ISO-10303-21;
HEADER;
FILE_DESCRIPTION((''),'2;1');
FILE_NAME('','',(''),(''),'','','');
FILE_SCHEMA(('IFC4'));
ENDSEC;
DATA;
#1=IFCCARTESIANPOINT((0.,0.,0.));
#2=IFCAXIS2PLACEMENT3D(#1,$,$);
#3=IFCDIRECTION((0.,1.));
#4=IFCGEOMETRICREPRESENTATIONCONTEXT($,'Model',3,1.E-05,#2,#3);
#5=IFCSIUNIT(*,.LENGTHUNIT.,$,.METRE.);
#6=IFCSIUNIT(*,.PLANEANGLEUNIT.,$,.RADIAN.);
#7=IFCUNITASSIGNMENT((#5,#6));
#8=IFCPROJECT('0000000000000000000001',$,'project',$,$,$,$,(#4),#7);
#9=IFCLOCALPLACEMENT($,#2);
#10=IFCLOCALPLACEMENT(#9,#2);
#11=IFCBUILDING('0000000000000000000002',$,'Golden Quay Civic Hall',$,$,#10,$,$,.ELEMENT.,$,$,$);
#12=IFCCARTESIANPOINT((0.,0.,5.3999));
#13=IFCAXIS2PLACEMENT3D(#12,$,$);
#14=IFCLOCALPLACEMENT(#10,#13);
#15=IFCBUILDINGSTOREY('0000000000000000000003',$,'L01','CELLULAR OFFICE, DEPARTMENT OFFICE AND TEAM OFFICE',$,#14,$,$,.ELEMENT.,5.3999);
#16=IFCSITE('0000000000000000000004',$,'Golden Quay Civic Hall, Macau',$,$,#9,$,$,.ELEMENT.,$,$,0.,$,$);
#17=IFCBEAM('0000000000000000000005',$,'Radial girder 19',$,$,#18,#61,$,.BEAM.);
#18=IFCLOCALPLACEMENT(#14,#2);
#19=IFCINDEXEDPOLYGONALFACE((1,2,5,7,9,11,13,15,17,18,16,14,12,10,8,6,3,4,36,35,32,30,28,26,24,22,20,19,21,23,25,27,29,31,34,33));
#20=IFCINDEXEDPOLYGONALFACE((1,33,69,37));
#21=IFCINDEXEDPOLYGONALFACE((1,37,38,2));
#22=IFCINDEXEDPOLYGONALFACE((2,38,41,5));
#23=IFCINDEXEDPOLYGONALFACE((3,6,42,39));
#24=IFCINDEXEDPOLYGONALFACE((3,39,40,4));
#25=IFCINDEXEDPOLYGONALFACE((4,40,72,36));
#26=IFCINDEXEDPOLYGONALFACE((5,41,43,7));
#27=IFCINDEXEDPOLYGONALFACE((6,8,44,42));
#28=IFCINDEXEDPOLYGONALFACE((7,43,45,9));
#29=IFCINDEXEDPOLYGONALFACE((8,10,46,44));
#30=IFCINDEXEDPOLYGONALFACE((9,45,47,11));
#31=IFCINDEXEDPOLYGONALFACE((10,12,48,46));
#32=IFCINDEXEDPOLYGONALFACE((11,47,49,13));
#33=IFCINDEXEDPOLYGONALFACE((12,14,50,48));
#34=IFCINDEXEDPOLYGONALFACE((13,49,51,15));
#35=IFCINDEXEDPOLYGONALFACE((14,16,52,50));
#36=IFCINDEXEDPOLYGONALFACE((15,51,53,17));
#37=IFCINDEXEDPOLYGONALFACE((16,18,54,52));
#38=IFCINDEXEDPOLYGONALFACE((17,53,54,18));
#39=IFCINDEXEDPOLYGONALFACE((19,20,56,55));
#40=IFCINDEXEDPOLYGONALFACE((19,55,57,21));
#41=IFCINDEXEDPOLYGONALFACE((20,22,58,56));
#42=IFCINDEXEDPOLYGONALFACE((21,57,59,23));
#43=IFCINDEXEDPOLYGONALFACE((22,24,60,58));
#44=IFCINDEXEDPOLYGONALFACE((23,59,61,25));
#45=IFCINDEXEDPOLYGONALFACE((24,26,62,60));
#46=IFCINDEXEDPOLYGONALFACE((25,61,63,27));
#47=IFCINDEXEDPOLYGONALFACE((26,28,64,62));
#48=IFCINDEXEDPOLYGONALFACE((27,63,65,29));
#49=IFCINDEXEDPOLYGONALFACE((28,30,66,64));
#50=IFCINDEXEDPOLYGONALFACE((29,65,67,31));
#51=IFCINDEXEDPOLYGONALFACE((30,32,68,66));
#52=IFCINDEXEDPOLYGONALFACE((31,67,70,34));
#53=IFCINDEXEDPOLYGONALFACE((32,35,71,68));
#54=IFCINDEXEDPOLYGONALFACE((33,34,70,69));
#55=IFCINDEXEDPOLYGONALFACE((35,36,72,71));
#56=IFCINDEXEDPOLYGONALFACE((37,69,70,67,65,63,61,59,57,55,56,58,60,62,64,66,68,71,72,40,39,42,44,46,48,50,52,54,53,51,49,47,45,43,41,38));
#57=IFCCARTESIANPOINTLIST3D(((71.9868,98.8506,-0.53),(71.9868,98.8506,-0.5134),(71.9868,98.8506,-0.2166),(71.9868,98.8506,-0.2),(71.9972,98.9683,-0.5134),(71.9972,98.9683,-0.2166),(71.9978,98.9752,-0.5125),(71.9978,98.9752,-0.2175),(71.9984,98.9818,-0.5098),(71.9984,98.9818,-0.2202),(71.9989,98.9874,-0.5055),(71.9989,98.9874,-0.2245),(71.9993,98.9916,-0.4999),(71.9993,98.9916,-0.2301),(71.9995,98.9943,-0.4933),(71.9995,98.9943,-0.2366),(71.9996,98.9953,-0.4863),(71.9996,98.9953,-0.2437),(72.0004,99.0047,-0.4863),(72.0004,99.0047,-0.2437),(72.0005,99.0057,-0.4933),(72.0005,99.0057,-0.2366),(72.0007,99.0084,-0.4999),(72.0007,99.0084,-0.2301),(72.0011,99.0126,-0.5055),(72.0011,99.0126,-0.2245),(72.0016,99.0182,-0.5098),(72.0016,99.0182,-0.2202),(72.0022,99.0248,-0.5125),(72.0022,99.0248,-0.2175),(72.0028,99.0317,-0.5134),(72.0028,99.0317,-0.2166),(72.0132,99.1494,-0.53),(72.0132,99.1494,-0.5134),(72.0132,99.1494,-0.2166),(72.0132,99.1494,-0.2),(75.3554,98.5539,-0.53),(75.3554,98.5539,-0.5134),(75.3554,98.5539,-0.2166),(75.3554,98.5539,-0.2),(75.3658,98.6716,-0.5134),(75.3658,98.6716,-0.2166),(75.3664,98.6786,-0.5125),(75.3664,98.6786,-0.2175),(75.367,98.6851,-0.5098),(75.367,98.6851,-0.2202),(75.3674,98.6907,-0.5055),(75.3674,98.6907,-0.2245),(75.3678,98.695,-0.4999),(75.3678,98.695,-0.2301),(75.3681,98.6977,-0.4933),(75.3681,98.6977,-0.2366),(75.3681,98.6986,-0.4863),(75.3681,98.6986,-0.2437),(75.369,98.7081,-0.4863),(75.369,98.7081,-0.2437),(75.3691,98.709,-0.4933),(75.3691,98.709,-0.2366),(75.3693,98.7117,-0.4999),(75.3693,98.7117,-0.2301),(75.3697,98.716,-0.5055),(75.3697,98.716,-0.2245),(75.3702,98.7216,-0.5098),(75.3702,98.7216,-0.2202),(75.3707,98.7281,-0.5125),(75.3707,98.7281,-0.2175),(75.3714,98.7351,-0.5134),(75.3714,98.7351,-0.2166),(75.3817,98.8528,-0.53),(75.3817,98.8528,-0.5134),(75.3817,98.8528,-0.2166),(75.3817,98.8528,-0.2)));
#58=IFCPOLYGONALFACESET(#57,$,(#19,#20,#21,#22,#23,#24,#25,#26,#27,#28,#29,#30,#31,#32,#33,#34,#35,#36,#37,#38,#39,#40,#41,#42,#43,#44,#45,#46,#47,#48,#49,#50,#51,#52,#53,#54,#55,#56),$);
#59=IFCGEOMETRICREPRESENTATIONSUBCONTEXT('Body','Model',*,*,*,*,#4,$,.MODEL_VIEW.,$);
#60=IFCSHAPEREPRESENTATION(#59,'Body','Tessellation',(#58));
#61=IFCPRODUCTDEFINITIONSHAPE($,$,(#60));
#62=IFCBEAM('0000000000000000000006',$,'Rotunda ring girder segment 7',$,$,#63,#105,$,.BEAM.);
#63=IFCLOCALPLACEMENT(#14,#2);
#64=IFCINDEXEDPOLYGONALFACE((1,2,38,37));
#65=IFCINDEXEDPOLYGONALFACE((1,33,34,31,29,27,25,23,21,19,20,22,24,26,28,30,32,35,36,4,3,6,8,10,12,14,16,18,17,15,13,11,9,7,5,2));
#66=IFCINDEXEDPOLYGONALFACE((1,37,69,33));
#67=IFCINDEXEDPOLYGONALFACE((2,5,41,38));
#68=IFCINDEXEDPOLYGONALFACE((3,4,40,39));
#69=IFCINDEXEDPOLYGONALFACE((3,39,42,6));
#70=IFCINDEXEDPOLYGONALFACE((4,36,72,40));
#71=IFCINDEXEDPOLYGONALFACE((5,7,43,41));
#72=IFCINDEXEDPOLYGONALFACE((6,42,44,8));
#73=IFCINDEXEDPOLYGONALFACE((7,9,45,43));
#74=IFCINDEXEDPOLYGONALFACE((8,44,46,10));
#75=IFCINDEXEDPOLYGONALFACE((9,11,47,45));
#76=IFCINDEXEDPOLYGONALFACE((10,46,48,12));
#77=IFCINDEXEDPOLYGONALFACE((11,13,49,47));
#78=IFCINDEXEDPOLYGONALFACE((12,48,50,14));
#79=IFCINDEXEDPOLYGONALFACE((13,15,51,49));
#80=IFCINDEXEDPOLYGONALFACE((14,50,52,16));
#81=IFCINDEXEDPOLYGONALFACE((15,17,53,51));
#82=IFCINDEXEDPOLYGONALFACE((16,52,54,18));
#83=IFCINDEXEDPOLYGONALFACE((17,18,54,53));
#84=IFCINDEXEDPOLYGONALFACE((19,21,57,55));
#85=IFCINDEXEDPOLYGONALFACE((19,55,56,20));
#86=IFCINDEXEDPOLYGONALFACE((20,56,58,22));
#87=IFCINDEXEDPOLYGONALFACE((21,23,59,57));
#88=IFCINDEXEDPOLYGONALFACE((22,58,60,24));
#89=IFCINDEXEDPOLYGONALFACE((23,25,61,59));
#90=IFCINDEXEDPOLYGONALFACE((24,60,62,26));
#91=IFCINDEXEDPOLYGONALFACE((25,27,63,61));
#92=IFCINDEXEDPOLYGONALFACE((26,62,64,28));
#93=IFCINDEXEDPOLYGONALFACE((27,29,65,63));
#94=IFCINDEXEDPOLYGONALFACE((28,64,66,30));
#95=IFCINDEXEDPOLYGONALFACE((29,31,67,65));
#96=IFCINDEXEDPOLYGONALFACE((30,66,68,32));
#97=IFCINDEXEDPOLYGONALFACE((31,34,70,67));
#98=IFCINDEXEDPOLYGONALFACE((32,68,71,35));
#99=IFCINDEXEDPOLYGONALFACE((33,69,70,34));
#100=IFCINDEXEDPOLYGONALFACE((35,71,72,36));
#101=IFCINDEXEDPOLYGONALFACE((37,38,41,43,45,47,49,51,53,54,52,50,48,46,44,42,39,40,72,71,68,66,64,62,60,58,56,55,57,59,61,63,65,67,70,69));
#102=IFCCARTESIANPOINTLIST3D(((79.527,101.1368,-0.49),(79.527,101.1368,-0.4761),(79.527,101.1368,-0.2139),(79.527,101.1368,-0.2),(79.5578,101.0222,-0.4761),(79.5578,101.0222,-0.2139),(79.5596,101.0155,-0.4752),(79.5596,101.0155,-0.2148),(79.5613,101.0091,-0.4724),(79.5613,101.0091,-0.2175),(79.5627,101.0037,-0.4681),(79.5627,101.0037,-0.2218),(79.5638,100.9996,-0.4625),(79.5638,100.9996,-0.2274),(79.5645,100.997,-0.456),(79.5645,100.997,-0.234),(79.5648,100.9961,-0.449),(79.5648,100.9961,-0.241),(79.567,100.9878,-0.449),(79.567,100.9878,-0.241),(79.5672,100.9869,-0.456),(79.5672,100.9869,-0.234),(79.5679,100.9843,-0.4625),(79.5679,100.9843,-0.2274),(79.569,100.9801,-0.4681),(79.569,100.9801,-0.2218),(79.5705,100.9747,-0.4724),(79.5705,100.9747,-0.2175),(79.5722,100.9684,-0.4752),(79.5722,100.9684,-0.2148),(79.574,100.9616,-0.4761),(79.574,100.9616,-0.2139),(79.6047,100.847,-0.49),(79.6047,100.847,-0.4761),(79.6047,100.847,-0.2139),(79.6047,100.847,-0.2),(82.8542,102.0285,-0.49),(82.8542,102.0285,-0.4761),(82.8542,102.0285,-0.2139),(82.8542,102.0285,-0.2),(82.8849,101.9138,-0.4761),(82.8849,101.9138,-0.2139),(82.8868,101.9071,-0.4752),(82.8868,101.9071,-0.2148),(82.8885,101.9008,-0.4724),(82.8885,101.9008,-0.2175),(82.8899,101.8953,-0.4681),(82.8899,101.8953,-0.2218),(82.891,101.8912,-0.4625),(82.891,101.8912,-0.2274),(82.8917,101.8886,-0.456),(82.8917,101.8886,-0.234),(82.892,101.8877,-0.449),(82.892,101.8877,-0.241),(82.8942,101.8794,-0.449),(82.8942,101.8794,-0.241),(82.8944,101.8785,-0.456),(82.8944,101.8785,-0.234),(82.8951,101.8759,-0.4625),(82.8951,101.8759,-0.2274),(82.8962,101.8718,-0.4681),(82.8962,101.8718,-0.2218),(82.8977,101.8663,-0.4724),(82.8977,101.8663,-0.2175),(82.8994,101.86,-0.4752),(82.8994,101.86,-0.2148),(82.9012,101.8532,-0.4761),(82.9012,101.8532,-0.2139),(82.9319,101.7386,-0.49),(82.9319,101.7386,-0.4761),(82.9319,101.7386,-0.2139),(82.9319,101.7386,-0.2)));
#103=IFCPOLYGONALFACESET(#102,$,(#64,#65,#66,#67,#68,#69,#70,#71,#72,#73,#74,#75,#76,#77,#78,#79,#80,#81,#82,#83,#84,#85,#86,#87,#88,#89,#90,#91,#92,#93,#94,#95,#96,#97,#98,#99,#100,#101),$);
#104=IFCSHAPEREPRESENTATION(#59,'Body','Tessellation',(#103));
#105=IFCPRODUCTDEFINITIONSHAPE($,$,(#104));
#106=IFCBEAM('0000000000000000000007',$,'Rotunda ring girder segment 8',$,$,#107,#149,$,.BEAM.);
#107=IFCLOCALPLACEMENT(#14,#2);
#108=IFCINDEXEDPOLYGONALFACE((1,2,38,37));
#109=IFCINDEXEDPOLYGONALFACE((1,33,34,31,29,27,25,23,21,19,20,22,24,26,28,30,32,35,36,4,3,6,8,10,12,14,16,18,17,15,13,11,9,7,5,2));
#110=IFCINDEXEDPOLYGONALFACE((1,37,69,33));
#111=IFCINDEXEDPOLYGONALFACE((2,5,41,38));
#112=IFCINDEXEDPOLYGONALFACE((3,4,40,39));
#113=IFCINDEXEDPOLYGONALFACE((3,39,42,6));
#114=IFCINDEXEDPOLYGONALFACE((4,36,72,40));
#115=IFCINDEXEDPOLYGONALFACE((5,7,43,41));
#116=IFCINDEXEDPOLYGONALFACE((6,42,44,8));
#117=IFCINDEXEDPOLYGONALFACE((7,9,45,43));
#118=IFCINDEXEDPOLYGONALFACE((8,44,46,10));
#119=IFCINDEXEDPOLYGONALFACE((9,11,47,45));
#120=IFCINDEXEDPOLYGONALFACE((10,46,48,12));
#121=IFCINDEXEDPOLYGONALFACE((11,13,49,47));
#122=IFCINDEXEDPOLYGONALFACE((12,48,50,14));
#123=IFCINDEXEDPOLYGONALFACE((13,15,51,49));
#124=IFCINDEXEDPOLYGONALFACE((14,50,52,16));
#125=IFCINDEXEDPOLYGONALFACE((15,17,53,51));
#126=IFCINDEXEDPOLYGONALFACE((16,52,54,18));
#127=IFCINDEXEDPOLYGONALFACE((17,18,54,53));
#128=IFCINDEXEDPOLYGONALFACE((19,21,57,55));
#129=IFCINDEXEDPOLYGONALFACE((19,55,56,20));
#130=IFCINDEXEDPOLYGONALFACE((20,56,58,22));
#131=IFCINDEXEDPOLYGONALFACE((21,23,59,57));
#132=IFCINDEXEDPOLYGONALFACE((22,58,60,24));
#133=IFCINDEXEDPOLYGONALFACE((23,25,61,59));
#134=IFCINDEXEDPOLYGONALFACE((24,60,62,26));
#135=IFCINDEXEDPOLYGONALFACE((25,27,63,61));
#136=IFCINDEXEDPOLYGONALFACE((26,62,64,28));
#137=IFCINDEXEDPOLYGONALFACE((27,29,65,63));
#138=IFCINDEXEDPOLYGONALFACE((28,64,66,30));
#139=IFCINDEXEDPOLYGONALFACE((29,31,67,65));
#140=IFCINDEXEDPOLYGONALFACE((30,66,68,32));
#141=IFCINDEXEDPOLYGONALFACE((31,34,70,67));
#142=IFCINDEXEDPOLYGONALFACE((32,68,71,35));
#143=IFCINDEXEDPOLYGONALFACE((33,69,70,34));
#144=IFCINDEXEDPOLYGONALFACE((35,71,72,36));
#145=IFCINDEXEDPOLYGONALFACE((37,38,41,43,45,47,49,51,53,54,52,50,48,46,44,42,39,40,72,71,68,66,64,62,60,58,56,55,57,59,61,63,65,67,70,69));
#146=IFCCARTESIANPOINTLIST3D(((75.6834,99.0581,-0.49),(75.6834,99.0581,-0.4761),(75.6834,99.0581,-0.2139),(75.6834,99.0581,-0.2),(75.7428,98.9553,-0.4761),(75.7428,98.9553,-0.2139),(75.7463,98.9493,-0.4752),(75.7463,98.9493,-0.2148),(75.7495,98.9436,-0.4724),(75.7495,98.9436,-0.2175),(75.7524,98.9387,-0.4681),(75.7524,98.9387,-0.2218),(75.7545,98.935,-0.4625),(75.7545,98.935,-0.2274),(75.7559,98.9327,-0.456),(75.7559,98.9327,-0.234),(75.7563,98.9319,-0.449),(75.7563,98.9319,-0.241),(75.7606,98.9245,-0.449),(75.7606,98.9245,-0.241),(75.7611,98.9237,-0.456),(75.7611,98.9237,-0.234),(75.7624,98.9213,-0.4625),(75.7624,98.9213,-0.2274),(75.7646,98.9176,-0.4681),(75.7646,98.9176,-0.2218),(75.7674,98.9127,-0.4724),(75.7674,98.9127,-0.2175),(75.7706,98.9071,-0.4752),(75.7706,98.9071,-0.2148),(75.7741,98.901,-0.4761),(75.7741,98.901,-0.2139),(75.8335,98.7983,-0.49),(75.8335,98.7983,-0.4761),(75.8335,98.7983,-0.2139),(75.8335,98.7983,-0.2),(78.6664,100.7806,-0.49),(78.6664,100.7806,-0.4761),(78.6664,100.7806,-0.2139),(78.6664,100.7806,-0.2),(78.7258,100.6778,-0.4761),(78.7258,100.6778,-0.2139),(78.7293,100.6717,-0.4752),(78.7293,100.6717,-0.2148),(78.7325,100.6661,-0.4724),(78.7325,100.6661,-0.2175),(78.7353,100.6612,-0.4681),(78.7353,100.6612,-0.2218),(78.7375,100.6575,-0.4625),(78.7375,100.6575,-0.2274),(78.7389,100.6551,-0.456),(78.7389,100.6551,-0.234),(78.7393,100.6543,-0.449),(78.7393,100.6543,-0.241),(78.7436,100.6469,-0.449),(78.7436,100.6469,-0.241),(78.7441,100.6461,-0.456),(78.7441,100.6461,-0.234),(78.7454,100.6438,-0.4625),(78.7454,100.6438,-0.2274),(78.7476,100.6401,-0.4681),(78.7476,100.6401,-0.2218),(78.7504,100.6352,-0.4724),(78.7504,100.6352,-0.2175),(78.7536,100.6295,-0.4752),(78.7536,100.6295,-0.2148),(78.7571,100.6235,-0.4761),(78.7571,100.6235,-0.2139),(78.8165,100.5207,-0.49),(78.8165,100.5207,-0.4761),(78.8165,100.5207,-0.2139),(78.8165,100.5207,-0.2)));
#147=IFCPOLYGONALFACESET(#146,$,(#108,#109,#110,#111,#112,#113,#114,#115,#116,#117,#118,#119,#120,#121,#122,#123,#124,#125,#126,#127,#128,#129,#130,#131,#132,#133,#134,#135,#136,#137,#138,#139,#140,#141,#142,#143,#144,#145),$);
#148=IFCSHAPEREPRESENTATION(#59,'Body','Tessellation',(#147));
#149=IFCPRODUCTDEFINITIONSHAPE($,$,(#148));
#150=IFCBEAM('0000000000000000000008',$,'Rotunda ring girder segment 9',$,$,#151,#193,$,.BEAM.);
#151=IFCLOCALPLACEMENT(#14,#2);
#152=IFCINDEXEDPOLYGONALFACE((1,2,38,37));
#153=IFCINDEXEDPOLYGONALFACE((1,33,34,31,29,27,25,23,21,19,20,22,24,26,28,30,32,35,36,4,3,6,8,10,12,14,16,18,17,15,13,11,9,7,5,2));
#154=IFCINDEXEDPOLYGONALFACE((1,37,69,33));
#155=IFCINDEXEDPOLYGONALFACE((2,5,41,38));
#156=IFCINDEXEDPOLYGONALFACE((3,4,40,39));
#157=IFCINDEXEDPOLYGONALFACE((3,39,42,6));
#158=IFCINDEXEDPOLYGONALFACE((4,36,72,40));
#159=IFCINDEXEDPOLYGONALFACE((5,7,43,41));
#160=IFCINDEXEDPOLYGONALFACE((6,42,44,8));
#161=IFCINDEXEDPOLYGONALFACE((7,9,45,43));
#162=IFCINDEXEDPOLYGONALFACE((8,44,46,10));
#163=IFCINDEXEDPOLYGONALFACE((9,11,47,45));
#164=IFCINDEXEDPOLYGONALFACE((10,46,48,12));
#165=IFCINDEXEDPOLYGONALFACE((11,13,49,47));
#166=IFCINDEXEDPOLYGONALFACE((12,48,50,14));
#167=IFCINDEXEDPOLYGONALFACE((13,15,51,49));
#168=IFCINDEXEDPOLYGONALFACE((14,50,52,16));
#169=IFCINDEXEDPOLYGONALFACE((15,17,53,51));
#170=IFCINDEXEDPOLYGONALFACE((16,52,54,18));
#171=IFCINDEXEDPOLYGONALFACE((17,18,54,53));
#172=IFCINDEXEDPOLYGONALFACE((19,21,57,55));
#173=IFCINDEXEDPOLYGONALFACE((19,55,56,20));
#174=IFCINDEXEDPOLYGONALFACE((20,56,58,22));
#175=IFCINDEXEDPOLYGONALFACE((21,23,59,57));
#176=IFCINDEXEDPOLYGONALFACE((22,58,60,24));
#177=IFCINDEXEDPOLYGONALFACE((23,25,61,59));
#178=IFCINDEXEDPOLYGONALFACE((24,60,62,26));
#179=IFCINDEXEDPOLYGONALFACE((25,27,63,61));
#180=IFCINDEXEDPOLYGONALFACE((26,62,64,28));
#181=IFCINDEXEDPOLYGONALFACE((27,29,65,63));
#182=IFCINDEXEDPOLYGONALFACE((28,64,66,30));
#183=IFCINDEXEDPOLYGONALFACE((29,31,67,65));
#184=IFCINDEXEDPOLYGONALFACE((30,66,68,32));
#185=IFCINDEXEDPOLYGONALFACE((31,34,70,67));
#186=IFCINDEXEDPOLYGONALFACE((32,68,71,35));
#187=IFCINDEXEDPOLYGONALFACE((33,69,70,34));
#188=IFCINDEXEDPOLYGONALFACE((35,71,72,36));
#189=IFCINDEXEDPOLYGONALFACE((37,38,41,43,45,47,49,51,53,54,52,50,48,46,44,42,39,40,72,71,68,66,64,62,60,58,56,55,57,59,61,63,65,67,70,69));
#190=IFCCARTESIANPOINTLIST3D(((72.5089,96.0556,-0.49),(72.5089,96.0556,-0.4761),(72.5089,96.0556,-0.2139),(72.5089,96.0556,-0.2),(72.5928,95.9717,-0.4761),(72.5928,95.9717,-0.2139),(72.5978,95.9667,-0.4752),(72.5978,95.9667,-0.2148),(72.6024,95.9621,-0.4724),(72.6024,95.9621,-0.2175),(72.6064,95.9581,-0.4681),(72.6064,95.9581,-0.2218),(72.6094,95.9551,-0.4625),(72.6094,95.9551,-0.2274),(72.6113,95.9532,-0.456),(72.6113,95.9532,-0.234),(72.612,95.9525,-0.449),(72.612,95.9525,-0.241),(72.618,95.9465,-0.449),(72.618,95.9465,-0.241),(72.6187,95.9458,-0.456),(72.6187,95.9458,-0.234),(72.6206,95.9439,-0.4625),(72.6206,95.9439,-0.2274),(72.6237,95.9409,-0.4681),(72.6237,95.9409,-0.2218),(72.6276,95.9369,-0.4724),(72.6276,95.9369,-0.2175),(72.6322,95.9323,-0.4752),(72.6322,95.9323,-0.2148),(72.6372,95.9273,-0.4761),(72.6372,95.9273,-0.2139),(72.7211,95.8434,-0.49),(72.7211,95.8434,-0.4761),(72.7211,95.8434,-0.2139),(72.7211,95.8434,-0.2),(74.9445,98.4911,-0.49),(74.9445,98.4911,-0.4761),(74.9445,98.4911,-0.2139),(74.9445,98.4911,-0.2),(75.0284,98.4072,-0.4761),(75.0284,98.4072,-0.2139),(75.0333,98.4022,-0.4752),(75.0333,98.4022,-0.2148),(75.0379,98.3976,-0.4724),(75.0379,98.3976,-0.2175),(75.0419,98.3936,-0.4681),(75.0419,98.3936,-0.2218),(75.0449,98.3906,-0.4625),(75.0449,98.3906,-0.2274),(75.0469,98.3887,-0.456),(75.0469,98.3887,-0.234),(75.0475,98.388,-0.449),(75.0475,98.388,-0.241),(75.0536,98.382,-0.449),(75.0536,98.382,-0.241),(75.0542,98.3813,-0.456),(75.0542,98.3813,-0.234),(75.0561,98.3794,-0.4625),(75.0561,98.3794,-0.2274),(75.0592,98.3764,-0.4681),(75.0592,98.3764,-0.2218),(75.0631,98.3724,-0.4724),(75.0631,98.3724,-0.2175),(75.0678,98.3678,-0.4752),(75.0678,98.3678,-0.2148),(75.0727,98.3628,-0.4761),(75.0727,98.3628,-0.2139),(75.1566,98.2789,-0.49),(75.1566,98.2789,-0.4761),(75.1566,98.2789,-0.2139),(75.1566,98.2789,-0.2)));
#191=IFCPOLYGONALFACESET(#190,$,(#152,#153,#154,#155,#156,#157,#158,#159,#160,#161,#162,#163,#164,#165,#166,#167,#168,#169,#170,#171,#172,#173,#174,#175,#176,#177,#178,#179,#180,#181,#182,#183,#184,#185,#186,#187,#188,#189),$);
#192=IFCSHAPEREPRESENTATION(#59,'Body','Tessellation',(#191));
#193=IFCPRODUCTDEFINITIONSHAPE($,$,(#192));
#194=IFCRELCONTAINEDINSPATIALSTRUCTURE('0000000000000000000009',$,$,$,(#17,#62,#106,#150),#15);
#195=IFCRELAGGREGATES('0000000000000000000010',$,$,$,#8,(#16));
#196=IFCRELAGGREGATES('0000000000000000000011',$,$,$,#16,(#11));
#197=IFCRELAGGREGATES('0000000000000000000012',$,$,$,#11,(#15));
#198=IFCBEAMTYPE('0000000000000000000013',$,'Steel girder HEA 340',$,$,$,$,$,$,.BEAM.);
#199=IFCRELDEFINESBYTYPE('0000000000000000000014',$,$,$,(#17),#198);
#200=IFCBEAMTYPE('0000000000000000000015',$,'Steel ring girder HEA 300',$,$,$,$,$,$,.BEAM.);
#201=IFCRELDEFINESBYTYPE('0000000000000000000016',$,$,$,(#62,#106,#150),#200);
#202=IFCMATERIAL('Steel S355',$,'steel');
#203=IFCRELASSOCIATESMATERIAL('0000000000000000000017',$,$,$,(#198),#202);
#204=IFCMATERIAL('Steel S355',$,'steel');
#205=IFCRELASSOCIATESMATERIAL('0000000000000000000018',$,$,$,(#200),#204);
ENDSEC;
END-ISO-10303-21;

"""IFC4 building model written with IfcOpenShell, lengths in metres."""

from ifc_helpers import new_model, si_unit, direction, frame, origin, origin_2d, place, context, subcontext, project, spatial, i_section, extrude, material, material_profile, profile_set, type_object, element, save


model = new_model("IFC4")

# Units and contexts
model_context = context("Model", 3, precision=1e-05, world=origin(), true_north=direction((0.0, 1.0)))
body_context = subcontext(model_context, "Body", "Model", "MODEL_VIEW")
ifc_project = project(units=[si_unit("LENGTHUNIT", "METRE"), si_unit("PLANEANGLEUNIT", "RADIAN")], contexts=[model_context])

# Site, building, storey
site_placement = place(None, origin())
site = spatial("IfcSite", under=ifc_project, at=site_placement, Name="Golden Quay Civic Hall, Macau", CompositionType="ELEMENT", RefElevation=0.0)
building_placement = place(site_placement, origin())
building = spatial("IfcBuilding", under=site, at=building_placement, Name="Golden Quay Civic Hall", CompositionType="ELEMENT")
storey_placement = place(building_placement, frame((0.0, 0.0, 5.3999)))
storey = spatial("IfcBuildingStorey", under=building, at=storey_placement, Name="L01", Description="CELLULAR OFFICE, DEPARTMENT OFFICE AND TEAM OFFICE", CompositionType="ELEMENT", Elevation=5.3999)

# Beams
ifc_material_1 = material(Name="Steel S355", Category="steel")
ifc_material_profile_1 = material_profile(ifc_material_1, i_section(OverallWidth=0.3, OverallDepth=0.3301, WebThickness=0.0095, FlangeThickness=0.0166, FilletRadius=0.0271, at=origin_2d()), Name="HEA 340")
ifc_profile_set_1 = profile_set([ifc_material_profile_1], Name="Steel S355")
beam_type_1 = type_object("IfcBeamType", Name="Steel girder HEA 340", PredefinedType="BEAM", material=ifc_profile_set_1)
beam_1_placement = place(storey_placement, frame((72.0, 99.0, -0.365), z_axis=(0.996145, -0.087717, 0.0), x_axis=(0.087717, 0.996145, 0.0)))
element("IfcBeam", 1, at=beam_1_placement, inside=storey, type_object=beam_type_1, Name="Radial girder 19", PredefinedType="BEAM", context=body_context, shape_type="SweptSolid", body=[
    extrude(i_section(OverallWidth=0.3, OverallDepth=0.3301, WebThickness=0.0095, FlangeThickness=0.0166, FilletRadius=0.0271, at=origin_2d()), origin(), (0.0, 0.0, 1.0), 3.3816),
])
ifc_material_2 = material(Name="Steel S355", Category="steel")
ifc_material_profile_2 = material_profile(ifc_material_2, i_section(OverallWidth=0.3, OverallDepth=0.29, WebThickness=0.0085, FlangeThickness=0.0139, FilletRadius=0.0271, at=origin_2d()), Name="HEA 300")
ifc_profile_set_2 = profile_set([ifc_material_profile_2], Name="Steel S355")
beam_type_2 = type_object("IfcBeamType", Name="Steel ring girder HEA 300", PredefinedType="BEAM", material=ifc_profile_set_2)
for number, where, z_axis, x_axis, name in (
    (2, (82.8931, 101.8835, -0.345), (-0.965919, -0.258845, 0.0), (0.258845, -0.965919, 0.0), "Rotunda ring girder segment 7"),
    (3, (78.7415, 100.6506, -0.345), (-0.865997, -0.50005, 0.0), (0.50005, -0.865997, 0.0), "Rotunda ring girder segment 8"),
):
    element("IfcBeam", number, at=place(storey_placement, frame(where, z_axis=z_axis, x_axis=x_axis)), inside=storey, type_object=beam_type_2, Name=name, PredefinedType="BEAM", context=body_context, shape_type="SweptSolid", body=[
        extrude(i_section(OverallWidth=0.3, OverallDepth=0.29, WebThickness=0.0085, FlangeThickness=0.0139, FilletRadius=0.0271, at=origin_2d()), origin(), (0.0, 0.0, 1.0), 3.4446),
    ])
beam_2_placement = place(storey_placement, frame((75.0505, 98.385, -0.345), z_axis=(-0.707107, -0.707107, 0.0), x_axis=(0.707107, -0.707107, 0.0)))
element("IfcBeam", 4, at=beam_2_placement, inside=storey, type_object=beam_type_2, Name="Rotunda ring girder segment 9", PredefinedType="BEAM", context=body_context, shape_type="SweptSolid", body=[
    extrude(i_section(OverallWidth=0.3, OverallDepth=0.29, WebThickness=0.0085, FlangeThickness=0.0139, FilletRadius=0.0271, at=origin_2d()), origin(), (0.0, 0.0, 1.0), 3.4443),
])

save(model, "model.ifc")
